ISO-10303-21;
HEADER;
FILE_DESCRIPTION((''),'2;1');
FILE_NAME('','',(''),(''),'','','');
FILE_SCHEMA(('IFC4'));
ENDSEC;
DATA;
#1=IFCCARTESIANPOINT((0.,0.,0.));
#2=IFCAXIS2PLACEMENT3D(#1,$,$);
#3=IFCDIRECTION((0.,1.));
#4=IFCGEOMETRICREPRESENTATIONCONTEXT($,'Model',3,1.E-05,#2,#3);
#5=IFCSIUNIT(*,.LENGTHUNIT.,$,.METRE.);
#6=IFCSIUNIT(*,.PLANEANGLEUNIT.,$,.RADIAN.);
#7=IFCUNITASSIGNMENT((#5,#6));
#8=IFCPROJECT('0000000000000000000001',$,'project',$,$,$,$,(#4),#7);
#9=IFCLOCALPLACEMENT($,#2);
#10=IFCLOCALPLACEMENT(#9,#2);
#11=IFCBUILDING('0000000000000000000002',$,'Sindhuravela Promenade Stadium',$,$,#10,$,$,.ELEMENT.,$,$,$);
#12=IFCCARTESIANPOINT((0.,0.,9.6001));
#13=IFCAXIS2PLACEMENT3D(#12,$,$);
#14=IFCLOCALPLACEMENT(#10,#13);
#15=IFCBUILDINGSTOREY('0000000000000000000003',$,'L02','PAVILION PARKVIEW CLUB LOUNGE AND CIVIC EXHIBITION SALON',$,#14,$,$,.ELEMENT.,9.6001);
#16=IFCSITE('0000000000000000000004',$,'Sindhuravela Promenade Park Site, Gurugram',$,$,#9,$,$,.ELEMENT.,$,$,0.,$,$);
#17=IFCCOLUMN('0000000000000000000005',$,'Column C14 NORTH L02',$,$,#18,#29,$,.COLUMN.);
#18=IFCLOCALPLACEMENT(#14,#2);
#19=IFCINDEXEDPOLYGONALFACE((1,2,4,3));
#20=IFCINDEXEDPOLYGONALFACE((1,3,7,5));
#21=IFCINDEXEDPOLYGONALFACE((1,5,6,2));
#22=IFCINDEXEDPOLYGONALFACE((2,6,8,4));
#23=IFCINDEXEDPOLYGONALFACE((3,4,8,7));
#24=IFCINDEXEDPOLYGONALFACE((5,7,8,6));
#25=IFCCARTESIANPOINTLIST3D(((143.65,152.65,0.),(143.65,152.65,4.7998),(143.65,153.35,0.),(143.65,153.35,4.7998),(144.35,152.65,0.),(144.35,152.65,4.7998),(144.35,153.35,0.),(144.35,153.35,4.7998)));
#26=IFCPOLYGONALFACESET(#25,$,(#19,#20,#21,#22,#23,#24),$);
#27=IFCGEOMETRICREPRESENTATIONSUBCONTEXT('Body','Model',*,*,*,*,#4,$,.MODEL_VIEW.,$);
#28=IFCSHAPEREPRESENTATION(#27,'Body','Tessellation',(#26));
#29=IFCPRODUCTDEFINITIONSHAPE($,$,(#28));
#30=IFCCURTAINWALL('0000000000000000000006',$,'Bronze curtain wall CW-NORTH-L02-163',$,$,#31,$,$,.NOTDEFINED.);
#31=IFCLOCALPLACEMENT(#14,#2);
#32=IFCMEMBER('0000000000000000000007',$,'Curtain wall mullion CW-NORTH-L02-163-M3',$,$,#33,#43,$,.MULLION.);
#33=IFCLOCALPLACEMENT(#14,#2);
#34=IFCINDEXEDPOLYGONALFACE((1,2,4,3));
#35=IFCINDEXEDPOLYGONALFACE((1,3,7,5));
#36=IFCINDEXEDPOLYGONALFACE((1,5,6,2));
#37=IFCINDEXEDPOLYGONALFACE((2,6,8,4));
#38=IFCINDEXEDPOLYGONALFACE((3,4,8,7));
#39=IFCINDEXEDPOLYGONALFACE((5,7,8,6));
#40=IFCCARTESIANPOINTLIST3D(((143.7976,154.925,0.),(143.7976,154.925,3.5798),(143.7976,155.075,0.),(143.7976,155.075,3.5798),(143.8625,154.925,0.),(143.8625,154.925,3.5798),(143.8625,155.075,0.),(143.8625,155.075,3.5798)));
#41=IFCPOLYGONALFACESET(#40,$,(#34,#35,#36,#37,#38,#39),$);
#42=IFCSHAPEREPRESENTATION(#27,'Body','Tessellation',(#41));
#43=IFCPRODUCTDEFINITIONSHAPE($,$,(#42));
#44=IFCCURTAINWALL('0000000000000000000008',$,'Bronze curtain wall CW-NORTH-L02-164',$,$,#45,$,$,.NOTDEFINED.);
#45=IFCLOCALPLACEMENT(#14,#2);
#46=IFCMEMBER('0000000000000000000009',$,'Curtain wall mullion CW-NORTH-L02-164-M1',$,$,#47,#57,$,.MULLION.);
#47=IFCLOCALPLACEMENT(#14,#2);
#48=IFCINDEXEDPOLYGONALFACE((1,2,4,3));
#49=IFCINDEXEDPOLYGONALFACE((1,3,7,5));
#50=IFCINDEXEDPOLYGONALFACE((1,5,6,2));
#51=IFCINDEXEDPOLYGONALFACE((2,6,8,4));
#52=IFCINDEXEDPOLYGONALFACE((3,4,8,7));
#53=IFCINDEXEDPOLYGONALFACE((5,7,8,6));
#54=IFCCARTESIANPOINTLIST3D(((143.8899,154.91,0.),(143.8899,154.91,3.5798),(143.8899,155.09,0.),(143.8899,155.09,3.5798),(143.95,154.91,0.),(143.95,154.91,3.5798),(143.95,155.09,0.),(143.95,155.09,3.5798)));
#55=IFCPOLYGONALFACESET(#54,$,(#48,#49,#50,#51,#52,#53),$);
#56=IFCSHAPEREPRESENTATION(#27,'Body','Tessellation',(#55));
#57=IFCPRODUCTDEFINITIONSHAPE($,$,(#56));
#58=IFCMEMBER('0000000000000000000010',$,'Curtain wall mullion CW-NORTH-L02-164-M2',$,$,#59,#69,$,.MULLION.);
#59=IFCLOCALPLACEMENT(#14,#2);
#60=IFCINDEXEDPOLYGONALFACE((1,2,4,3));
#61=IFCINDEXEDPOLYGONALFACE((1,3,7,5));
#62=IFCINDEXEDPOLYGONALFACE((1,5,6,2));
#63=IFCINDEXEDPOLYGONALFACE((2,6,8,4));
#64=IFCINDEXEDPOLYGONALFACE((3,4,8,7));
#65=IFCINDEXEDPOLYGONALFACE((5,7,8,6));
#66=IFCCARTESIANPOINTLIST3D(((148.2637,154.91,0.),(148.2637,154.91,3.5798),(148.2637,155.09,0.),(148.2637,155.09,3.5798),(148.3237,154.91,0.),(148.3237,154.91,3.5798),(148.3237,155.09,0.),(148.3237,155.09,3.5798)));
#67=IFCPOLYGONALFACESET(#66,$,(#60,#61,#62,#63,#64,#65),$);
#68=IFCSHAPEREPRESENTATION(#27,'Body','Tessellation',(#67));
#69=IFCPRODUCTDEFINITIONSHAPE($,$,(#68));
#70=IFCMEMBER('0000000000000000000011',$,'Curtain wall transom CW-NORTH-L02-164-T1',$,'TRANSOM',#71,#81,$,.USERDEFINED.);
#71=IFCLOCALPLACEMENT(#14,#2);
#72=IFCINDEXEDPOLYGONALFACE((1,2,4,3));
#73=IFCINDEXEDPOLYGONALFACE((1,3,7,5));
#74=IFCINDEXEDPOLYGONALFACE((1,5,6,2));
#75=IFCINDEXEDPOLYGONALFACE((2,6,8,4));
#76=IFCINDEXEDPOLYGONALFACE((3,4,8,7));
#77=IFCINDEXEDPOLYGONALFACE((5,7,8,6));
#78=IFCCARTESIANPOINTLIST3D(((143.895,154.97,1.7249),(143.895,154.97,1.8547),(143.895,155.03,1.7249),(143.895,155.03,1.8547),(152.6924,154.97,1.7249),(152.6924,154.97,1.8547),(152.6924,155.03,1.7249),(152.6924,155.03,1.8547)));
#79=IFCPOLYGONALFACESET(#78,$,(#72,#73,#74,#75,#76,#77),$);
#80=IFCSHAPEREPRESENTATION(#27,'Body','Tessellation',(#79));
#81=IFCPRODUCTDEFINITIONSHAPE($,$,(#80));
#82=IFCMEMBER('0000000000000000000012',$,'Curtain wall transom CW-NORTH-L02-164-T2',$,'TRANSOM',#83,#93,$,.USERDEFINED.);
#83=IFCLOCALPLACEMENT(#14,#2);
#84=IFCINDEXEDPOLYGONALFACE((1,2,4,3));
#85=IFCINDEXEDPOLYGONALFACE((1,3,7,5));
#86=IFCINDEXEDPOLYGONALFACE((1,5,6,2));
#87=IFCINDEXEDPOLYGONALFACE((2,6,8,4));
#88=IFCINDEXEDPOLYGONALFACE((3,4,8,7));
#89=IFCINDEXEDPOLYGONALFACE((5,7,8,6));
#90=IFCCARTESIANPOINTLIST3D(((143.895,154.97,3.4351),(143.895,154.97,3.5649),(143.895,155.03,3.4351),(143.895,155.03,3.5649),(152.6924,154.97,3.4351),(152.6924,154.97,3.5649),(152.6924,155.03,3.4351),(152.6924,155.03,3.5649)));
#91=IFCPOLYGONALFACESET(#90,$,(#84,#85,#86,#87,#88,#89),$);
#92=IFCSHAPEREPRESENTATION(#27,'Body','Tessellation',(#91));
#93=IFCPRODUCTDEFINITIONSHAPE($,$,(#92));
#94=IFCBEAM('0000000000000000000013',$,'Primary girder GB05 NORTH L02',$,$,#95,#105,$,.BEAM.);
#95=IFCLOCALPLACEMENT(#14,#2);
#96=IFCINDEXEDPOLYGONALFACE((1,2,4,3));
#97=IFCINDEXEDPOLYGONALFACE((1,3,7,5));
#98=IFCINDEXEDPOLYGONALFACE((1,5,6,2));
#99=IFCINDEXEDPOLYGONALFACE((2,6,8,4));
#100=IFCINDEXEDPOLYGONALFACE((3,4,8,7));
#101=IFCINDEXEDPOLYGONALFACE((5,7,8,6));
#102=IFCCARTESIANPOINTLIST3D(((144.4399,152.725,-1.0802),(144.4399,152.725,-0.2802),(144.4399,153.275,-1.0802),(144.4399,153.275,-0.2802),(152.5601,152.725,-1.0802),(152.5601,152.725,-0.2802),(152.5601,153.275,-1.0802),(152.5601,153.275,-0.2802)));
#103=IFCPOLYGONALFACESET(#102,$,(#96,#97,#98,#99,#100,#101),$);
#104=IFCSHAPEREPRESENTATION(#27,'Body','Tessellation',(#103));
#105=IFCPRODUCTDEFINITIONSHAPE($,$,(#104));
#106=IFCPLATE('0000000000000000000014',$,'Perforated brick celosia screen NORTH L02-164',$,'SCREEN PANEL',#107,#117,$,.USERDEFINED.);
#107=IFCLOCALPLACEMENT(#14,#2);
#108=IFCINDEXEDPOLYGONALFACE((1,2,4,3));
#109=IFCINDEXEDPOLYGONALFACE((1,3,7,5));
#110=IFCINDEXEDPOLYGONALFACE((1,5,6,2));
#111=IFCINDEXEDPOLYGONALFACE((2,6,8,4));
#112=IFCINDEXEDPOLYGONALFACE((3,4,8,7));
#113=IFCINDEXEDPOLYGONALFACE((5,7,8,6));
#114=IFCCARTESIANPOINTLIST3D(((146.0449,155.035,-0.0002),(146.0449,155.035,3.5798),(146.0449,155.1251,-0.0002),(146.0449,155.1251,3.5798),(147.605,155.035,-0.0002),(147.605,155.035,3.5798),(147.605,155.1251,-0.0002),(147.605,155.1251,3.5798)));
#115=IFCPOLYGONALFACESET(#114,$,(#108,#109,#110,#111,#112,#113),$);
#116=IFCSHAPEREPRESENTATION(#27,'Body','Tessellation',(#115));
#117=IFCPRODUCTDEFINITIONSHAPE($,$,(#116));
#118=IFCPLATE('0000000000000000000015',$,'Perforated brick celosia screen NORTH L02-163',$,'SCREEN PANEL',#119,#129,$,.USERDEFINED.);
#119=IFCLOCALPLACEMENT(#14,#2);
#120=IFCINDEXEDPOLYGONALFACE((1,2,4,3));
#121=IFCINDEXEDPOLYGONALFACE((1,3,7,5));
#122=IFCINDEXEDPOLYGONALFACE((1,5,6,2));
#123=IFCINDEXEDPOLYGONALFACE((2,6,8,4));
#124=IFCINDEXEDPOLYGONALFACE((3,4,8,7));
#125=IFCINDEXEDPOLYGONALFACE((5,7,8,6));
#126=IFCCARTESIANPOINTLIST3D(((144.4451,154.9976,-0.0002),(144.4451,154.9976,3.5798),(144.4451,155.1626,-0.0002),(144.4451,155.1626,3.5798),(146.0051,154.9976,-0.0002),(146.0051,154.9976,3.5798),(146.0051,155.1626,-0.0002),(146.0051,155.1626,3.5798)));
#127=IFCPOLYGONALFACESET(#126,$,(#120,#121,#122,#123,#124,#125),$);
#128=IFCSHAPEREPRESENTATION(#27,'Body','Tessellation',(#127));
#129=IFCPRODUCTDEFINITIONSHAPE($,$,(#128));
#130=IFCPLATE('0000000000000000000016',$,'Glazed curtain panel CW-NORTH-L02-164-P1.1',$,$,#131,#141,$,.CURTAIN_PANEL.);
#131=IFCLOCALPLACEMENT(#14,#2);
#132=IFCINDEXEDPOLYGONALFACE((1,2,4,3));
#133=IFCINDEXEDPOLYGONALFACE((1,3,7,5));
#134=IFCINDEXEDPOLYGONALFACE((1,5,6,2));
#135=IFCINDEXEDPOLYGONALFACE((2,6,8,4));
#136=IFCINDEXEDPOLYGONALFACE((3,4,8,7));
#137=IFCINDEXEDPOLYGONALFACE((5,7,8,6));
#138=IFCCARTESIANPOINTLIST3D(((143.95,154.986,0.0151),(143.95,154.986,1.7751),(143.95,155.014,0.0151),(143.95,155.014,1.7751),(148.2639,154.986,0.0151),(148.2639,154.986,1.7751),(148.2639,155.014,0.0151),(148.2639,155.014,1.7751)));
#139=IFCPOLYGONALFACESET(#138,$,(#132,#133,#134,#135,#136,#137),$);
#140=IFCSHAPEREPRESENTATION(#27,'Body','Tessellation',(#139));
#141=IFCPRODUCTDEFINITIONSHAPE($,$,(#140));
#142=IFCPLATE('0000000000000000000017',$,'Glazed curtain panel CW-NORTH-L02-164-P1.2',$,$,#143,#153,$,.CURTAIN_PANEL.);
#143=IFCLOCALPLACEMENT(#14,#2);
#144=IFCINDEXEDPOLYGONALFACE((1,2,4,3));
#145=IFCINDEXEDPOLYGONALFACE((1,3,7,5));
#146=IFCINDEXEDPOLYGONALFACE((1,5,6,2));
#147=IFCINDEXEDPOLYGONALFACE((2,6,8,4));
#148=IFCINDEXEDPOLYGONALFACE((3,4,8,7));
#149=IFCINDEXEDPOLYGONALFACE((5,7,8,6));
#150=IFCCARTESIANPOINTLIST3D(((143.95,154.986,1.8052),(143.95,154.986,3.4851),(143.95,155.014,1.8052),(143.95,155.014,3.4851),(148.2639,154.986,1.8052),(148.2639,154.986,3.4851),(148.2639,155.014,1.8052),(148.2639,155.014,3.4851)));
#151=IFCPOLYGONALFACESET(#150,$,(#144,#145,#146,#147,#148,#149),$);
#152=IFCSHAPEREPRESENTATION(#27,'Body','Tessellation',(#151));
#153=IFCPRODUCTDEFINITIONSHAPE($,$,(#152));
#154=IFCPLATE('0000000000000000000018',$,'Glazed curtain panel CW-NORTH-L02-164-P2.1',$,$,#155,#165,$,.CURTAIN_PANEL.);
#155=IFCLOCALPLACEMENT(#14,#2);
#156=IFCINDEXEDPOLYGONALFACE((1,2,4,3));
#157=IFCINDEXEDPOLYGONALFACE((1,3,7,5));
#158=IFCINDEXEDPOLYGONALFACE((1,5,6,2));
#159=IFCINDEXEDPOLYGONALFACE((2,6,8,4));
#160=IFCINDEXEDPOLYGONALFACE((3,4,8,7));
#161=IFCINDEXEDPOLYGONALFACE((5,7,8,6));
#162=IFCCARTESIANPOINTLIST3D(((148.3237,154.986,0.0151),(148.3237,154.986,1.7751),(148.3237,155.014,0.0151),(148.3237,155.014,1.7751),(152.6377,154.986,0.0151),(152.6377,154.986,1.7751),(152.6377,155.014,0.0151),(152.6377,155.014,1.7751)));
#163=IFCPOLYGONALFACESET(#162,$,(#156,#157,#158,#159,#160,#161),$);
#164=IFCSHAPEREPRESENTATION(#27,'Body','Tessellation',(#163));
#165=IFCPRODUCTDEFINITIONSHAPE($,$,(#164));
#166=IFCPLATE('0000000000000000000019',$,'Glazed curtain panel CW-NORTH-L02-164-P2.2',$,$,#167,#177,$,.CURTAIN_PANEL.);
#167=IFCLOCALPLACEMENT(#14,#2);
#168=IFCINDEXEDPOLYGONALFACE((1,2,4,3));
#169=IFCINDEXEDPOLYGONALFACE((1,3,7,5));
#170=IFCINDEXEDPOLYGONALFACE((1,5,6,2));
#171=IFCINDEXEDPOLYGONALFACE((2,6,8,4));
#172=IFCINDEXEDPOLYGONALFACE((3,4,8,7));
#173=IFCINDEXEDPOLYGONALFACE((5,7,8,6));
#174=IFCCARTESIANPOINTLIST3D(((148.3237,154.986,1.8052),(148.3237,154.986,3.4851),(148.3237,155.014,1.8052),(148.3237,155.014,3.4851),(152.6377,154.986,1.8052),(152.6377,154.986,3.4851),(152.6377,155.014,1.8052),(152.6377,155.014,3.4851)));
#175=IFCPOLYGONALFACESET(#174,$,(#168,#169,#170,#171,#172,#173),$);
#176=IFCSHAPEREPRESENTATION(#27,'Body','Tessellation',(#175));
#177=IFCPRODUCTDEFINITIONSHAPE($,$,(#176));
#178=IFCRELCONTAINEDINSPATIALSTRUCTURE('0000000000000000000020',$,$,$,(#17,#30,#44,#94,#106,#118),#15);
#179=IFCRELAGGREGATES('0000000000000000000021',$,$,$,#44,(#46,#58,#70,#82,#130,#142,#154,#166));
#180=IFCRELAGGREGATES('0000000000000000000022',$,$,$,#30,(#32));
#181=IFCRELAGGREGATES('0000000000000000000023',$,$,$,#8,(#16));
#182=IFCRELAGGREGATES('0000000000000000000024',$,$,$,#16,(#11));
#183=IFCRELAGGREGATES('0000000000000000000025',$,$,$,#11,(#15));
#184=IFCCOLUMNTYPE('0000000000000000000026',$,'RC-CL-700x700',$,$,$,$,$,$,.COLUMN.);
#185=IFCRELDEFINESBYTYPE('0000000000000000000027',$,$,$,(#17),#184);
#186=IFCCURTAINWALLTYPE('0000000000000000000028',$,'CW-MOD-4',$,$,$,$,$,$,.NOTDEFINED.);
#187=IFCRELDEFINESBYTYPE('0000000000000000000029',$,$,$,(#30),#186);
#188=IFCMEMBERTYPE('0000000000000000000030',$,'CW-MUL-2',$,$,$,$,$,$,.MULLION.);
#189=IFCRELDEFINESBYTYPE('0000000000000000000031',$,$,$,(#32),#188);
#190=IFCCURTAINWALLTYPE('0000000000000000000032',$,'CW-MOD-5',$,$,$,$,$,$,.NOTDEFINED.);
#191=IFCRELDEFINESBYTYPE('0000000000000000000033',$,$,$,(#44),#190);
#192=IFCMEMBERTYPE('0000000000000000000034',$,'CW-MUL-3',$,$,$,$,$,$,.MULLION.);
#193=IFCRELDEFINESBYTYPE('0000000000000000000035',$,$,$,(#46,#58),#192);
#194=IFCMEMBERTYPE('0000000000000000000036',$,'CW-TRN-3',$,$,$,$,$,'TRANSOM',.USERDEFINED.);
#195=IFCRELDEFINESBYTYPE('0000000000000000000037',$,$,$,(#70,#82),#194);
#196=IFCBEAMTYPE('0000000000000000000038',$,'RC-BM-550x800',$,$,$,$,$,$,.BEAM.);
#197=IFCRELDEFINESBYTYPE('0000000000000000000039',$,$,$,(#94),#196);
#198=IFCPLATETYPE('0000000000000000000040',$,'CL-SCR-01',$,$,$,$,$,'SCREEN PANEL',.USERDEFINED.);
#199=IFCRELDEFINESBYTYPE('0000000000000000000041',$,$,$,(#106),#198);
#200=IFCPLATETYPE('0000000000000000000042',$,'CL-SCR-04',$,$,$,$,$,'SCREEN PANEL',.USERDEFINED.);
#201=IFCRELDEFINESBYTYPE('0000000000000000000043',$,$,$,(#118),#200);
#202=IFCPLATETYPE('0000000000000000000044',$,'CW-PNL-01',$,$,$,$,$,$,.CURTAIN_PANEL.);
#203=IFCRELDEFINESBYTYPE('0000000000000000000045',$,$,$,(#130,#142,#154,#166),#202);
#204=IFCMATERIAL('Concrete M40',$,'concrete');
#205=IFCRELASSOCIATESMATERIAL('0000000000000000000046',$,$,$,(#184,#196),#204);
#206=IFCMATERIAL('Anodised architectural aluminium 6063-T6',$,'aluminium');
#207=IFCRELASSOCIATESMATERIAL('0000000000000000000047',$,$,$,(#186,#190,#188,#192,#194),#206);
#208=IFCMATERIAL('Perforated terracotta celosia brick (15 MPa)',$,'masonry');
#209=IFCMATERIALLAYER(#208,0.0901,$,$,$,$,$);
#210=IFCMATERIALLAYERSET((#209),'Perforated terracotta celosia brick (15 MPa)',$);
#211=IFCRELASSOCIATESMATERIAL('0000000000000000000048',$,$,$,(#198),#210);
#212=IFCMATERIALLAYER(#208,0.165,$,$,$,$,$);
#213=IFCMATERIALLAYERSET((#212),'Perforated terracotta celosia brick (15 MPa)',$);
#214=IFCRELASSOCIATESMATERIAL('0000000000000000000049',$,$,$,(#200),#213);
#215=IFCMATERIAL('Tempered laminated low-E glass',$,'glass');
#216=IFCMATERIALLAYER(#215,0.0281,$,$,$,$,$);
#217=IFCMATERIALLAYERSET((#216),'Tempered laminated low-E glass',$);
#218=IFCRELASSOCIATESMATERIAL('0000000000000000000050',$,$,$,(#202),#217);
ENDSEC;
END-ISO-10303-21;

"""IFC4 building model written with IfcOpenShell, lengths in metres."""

from ifc_helpers import new_model, si_unit, direction, frame, origin, origin_2d, place, context, subcontext, project, spatial, rectangle, extrude, material, layer, layer_set, material_profile, profile_set, type_object, element, aggregate, save


model = new_model("IFC4")

# Units and contexts
model_context = context("Model", 3, precision=1e-05, world=origin(), true_north=direction((0.0, 1.0)))
body_context = subcontext(model_context, "Body", "Model", "MODEL_VIEW")
ifc_project = project(units=[si_unit("LENGTHUNIT", "METRE"), si_unit("PLANEANGLEUNIT", "RADIAN")], contexts=[model_context])

# Site, building, storey
site_placement = place(None, origin())
site = spatial("IfcSite", under=ifc_project, at=site_placement, Name="Sindhuravela Promenade Park Site, Gurugram", CompositionType="ELEMENT", RefElevation=0.0)
building_placement = place(site_placement, origin())
building = spatial("IfcBuilding", under=site, at=building_placement, Name="Sindhuravela Promenade Stadium", CompositionType="ELEMENT")
storey_placement = place(building_placement, frame((0.0, 0.0, 9.6001)))
storey = spatial("IfcBuildingStorey", under=building, at=storey_placement, Name="L02", Description="PAVILION PARKVIEW CLUB LOUNGE AND CIVIC EXHIBITION SALON", CompositionType="ELEMENT", Elevation=9.6001)

# Column
ifc_material_1 = material(Name="Concrete M40", Category="concrete")
ifc_material_profile_1 = material_profile(ifc_material_1, rectangle(XDim=0.7, YDim=0.7, at=origin_2d()), Name="RC 700x700")
ifc_profile_set_1 = profile_set([ifc_material_profile_1], Name="Concrete M40")
column_type = type_object("IfcColumnType", Name="RC-CL-700x700", PredefinedType="COLUMN", material=ifc_profile_set_1)
column_placement = place(storey_placement, frame((144.0, 153.0, 0.0), z_axis=(0.0, 0.0, 1.0), x_axis=(1.0, 0.0, 0.0)))
element("IfcColumn", 1, at=column_placement, inside=storey, type_object=column_type, Name="Column C14 NORTH L02", PredefinedType="COLUMN", context=body_context, shape_type="SweptSolid", body=[
    extrude(rectangle(XDim=0.7, YDim=0.7, at=origin_2d()), origin(), (0.0, 0.0, 1.0), 4.7998),
])

# Curtain wall, member
ifc_material_2 = material(Name="Anodised architectural aluminium 6063-T6", Category="aluminium")
curtain_wall_type_1 = type_object("IfcCurtainWallType", Name="CW-MOD-4", PredefinedType="NOTDEFINED", material=ifc_material_2)
curtain_wall_1_placement = place(storey_placement, origin())
curtain_wall_1 = element("IfcCurtainWall", 2, at=curtain_wall_1_placement, inside=storey, type_object=curtain_wall_type_1, Name="Bronze curtain wall CW-NORTH-L02-163", PredefinedType="NOTDEFINED")
ifc_material_profile_2 = material_profile(ifc_material_2, rectangle(XDim=0.0649, YDim=0.1499, at=origin_2d()), Name="ALU MULL 65x150")
ifc_profile_set_2 = profile_set([ifc_material_profile_2], Name="Anodised architectural aluminium 6063-T6")
member_type_1 = type_object("IfcMemberType", Name="CW-MUL-2", PredefinedType="MULLION", material=ifc_profile_set_2)
member_1_placement = place(storey_placement, frame((143.8301, 155.0, 0.0), z_axis=(0.0, 0.0, 1.0), x_axis=(1.0, 0.0, 0.0)))
member_1 = element("IfcMember", 3, at=member_1_placement, type_object=member_type_1, Name="Curtain wall mullion CW-NORTH-L02-163-M3", PredefinedType="MULLION", context=body_context, shape_type="SweptSolid", body=[
    extrude(rectangle(XDim=0.0649, YDim=0.1499, at=origin_2d()), origin(), (0.0, 0.0, 1.0), 3.5798),
])

# Curtain wall, members
curtain_wall_type_2 = type_object("IfcCurtainWallType", Name="CW-MOD-5", PredefinedType="NOTDEFINED", material=ifc_material_2)
curtain_wall_2_placement = place(storey_placement, origin())
curtain_wall_2 = element("IfcCurtainWall", 4, at=curtain_wall_2_placement, inside=storey, type_object=curtain_wall_type_2, Name="Bronze curtain wall CW-NORTH-L02-164", PredefinedType="NOTDEFINED")
ifc_material_profile_3 = material_profile(ifc_material_2, rectangle(XDim=0.0601, YDim=0.1799, at=origin_2d()), Name="ALU M60x180")
ifc_profile_set_3 = profile_set([ifc_material_profile_3], Name="Anodised architectural aluminium 6063-T6")
member_type_2 = type_object("IfcMemberType", Name="CW-MUL-3", PredefinedType="MULLION", material=ifc_profile_set_3)
member_2_placement = place(storey_placement, frame((143.9199, 155.0, 0.0), z_axis=(0.0, 0.0, 1.0), x_axis=(1.0, 0.0, 0.0)))
member_2 = element("IfcMember", 5, at=member_2_placement, type_object=member_type_2, Name="Curtain wall mullion CW-NORTH-L02-164-M1", PredefinedType="MULLION", context=body_context, shape_type="SweptSolid", body=[
    extrude(rectangle(XDim=0.0601, YDim=0.1799, at=origin_2d()), origin(), (0.0, 0.0, 1.0), 3.5798),
])
member_3_placement = place(storey_placement, frame((148.2937, 155.0, 0.0), z_axis=(0.0, 0.0, 1.0), x_axis=(1.0, 0.0, 0.0)))
member_3 = element("IfcMember", 6, at=member_3_placement, type_object=member_type_2, Name="Curtain wall mullion CW-NORTH-L02-164-M2", PredefinedType="MULLION", context=body_context, shape_type="SweptSolid", body=[
    extrude(rectangle(XDim=0.0601, YDim=0.1799, at=origin_2d()), origin(), (0.0, 0.0, 1.0), 3.5798),
])
ifc_material_profile_4 = material_profile(ifc_material_2, rectangle(XDim=0.0601, YDim=0.1299, at=origin_2d()), Name="ALU T60x130")
ifc_profile_set_4 = profile_set([ifc_material_profile_4], Name="Anodised architectural aluminium 6063-T6")
member_type_3 = type_object("IfcMemberType", Name="CW-TRN-3", ElementType="TRANSOM", PredefinedType="USERDEFINED", material=ifc_profile_set_4)
member_4_placement = place(storey_placement, frame((143.895, 155.0, 1.7898), z_axis=(1.0, 0.0, 0.0), x_axis=(0.0, 1.0, 0.0)))
member_4 = element("IfcMember", 7, at=member_4_placement, type_object=member_type_3, Name="Curtain wall transom CW-NORTH-L02-164-T1", ObjectType="TRANSOM", PredefinedType="USERDEFINED", context=body_context, shape_type="SweptSolid", body=[
    extrude(rectangle(XDim=0.0601, YDim=0.1299, at=origin_2d()), origin(), (0.0, 0.0, 1.0), 8.7974),
])
member_5_placement = place(storey_placement, frame((143.895, 155.0, 3.5), z_axis=(1.0, 0.0, 0.0), x_axis=(0.0, 1.0, 0.0)))
member_5 = element("IfcMember", 8, at=member_5_placement, type_object=member_type_3, Name="Curtain wall transom CW-NORTH-L02-164-T2", ObjectType="TRANSOM", PredefinedType="USERDEFINED", context=body_context, shape_type="SweptSolid", body=[
    extrude(rectangle(XDim=0.0601, YDim=0.1299, at=origin_2d()), origin(), (0.0, 0.0, 1.0), 8.7974),
])

# Beam
ifc_material_profile_5 = material_profile(ifc_material_1, rectangle(XDim=0.55, YDim=0.8, at=origin_2d()), Name="RC 550x800")
ifc_profile_set_5 = profile_set([ifc_material_profile_5], Name="Concrete M40")
beam_type = type_object("IfcBeamType", Name="RC-BM-550x800", PredefinedType="BEAM", material=ifc_profile_set_5)
beam_placement = place(storey_placement, frame((144.4399, 153.0, -0.6802), z_axis=(1.0, 0.0, 0.0), x_axis=(0.0, 1.0, 0.0)))
element("IfcBeam", 9, at=beam_placement, inside=storey, type_object=beam_type, Name="Primary girder GB05 NORTH L02", PredefinedType="BEAM", context=body_context, shape_type="SweptSolid", body=[
    extrude(rectangle(XDim=0.55, YDim=0.8, at=origin_2d()), origin(), (0.0, 0.0, 1.0), 8.1201),
])

# Plates
ifc_material_3 = material(Name="Perforated terracotta celosia brick (15 MPa)", Category="masonry")
ifc_layer_1 = layer(ifc_material_3, 0.0901)
ifc_layer_set_1 = layer_set([ifc_layer_1], Name="Perforated terracotta celosia brick (15 MPa)")
plate_type_1 = type_object("IfcPlateType", Name="CL-SCR-01", ElementType="SCREEN PANEL", PredefinedType="USERDEFINED", material=ifc_layer_set_1)
plate_1_placement = place(storey_placement, frame((146.825, 155.0801, -0.0002), z_axis=(0.0, 0.0, 1.0), x_axis=(1.0, 0.0, 0.0)))
element("IfcPlate", 10, at=plate_1_placement, inside=storey, type_object=plate_type_1, Name="Perforated brick celosia screen NORTH L02-164", ObjectType="SCREEN PANEL", PredefinedType="USERDEFINED", context=body_context, shape_type="SweptSolid", body=[
    extrude(rectangle(XDim=1.5601, YDim=0.0901, at=origin_2d()), origin(), (0.0, 0.0, 1.0), 3.5801),
])
ifc_layer_2 = layer(ifc_material_3, 0.165)
ifc_layer_set_2 = layer_set([ifc_layer_2], Name="Perforated terracotta celosia brick (15 MPa)")
plate_type_2 = type_object("IfcPlateType", Name="CL-SCR-04", ElementType="SCREEN PANEL", PredefinedType="USERDEFINED", material=ifc_layer_set_2)
plate_2_placement = place(storey_placement, frame((145.2251, 155.0801, -0.0002), z_axis=(0.0, 0.0, 1.0), x_axis=(1.0, 0.0, 0.0)))
element("IfcPlate", 11, at=plate_2_placement, inside=storey, type_object=plate_type_2, Name="Perforated brick celosia screen NORTH L02-163", ObjectType="SCREEN PANEL", PredefinedType="USERDEFINED", context=body_context, shape_type="SweptSolid", body=[
    extrude(rectangle(XDim=1.5601, YDim=0.165, at=origin_2d()), origin(), (0.0, 0.0, 1.0), 3.5801),
])

# Plates
ifc_material_4 = material(Name="Tempered laminated low-E glass", Category="glass")
ifc_layer_3 = layer(ifc_material_4, 0.0281)
ifc_layer_set_3 = layer_set([ifc_layer_3], Name="Tempered laminated low-E glass")
plate_type_3 = type_object("IfcPlateType", Name="CW-PNL-01", PredefinedType="CURTAIN_PANEL", material=ifc_layer_set_3)
plate_3_placement = place(storey_placement, frame((146.1069, 155.0, 0.0151), z_axis=(0.0, 0.0, 1.0), x_axis=(1.0, 0.0, 0.0)))
plate_3 = element("IfcPlate", 12, at=plate_3_placement, type_object=plate_type_3, Name="Glazed curtain panel CW-NORTH-L02-164-P1.1", PredefinedType="CURTAIN_PANEL", context=body_context, shape_type="SweptSolid", body=[
    extrude(rectangle(XDim=4.314, YDim=0.0281, at=origin_2d()), origin(), (0.0, 0.0, 1.0), 1.76),
])
plate_4_placement = place(storey_placement, frame((146.1069, 155.0, 1.8052), z_axis=(0.0, 0.0, 1.0), x_axis=(1.0, 0.0, 0.0)))
plate_4 = element("IfcPlate", 13, at=plate_4_placement, type_object=plate_type_3, Name="Glazed curtain panel CW-NORTH-L02-164-P1.2", PredefinedType="CURTAIN_PANEL", context=body_context, shape_type="SweptSolid", body=[
    extrude(rectangle(XDim=4.314, YDim=0.0281, at=origin_2d()), origin(), (0.0, 0.0, 1.0), 1.6799),
])
plate_5_placement = place(storey_placement, frame((150.4807, 155.0, 0.0151), z_axis=(0.0, 0.0, 1.0), x_axis=(1.0, 0.0, 0.0)))
plate_5 = element("IfcPlate", 14, at=plate_5_placement, type_object=plate_type_3, Name="Glazed curtain panel CW-NORTH-L02-164-P2.1", PredefinedType="CURTAIN_PANEL", context=body_context, shape_type="SweptSolid", body=[
    extrude(rectangle(XDim=4.314, YDim=0.0281, at=origin_2d()), origin(), (0.0, 0.0, 1.0), 1.76),
])
plate_6_placement = place(storey_placement, frame((150.4807, 155.0, 1.8052), z_axis=(0.0, 0.0, 1.0), x_axis=(1.0, 0.0, 0.0)))
plate_6 = element("IfcPlate", 15, at=plate_6_placement, type_object=plate_type_3, Name="Glazed curtain panel CW-NORTH-L02-164-P2.2", PredefinedType="CURTAIN_PANEL", context=body_context, shape_type="SweptSolid", body=[
    extrude(rectangle(XDim=4.314, YDim=0.0281, at=origin_2d()), origin(), (0.0, 0.0, 1.0), 1.6799),
])
aggregate(curtain_wall_2, [member_2, member_3, member_4, member_5, plate_3, plate_4, plate_5, plate_6])
aggregate(curtain_wall_1, [member_1])

save(model, "model.ifc")
